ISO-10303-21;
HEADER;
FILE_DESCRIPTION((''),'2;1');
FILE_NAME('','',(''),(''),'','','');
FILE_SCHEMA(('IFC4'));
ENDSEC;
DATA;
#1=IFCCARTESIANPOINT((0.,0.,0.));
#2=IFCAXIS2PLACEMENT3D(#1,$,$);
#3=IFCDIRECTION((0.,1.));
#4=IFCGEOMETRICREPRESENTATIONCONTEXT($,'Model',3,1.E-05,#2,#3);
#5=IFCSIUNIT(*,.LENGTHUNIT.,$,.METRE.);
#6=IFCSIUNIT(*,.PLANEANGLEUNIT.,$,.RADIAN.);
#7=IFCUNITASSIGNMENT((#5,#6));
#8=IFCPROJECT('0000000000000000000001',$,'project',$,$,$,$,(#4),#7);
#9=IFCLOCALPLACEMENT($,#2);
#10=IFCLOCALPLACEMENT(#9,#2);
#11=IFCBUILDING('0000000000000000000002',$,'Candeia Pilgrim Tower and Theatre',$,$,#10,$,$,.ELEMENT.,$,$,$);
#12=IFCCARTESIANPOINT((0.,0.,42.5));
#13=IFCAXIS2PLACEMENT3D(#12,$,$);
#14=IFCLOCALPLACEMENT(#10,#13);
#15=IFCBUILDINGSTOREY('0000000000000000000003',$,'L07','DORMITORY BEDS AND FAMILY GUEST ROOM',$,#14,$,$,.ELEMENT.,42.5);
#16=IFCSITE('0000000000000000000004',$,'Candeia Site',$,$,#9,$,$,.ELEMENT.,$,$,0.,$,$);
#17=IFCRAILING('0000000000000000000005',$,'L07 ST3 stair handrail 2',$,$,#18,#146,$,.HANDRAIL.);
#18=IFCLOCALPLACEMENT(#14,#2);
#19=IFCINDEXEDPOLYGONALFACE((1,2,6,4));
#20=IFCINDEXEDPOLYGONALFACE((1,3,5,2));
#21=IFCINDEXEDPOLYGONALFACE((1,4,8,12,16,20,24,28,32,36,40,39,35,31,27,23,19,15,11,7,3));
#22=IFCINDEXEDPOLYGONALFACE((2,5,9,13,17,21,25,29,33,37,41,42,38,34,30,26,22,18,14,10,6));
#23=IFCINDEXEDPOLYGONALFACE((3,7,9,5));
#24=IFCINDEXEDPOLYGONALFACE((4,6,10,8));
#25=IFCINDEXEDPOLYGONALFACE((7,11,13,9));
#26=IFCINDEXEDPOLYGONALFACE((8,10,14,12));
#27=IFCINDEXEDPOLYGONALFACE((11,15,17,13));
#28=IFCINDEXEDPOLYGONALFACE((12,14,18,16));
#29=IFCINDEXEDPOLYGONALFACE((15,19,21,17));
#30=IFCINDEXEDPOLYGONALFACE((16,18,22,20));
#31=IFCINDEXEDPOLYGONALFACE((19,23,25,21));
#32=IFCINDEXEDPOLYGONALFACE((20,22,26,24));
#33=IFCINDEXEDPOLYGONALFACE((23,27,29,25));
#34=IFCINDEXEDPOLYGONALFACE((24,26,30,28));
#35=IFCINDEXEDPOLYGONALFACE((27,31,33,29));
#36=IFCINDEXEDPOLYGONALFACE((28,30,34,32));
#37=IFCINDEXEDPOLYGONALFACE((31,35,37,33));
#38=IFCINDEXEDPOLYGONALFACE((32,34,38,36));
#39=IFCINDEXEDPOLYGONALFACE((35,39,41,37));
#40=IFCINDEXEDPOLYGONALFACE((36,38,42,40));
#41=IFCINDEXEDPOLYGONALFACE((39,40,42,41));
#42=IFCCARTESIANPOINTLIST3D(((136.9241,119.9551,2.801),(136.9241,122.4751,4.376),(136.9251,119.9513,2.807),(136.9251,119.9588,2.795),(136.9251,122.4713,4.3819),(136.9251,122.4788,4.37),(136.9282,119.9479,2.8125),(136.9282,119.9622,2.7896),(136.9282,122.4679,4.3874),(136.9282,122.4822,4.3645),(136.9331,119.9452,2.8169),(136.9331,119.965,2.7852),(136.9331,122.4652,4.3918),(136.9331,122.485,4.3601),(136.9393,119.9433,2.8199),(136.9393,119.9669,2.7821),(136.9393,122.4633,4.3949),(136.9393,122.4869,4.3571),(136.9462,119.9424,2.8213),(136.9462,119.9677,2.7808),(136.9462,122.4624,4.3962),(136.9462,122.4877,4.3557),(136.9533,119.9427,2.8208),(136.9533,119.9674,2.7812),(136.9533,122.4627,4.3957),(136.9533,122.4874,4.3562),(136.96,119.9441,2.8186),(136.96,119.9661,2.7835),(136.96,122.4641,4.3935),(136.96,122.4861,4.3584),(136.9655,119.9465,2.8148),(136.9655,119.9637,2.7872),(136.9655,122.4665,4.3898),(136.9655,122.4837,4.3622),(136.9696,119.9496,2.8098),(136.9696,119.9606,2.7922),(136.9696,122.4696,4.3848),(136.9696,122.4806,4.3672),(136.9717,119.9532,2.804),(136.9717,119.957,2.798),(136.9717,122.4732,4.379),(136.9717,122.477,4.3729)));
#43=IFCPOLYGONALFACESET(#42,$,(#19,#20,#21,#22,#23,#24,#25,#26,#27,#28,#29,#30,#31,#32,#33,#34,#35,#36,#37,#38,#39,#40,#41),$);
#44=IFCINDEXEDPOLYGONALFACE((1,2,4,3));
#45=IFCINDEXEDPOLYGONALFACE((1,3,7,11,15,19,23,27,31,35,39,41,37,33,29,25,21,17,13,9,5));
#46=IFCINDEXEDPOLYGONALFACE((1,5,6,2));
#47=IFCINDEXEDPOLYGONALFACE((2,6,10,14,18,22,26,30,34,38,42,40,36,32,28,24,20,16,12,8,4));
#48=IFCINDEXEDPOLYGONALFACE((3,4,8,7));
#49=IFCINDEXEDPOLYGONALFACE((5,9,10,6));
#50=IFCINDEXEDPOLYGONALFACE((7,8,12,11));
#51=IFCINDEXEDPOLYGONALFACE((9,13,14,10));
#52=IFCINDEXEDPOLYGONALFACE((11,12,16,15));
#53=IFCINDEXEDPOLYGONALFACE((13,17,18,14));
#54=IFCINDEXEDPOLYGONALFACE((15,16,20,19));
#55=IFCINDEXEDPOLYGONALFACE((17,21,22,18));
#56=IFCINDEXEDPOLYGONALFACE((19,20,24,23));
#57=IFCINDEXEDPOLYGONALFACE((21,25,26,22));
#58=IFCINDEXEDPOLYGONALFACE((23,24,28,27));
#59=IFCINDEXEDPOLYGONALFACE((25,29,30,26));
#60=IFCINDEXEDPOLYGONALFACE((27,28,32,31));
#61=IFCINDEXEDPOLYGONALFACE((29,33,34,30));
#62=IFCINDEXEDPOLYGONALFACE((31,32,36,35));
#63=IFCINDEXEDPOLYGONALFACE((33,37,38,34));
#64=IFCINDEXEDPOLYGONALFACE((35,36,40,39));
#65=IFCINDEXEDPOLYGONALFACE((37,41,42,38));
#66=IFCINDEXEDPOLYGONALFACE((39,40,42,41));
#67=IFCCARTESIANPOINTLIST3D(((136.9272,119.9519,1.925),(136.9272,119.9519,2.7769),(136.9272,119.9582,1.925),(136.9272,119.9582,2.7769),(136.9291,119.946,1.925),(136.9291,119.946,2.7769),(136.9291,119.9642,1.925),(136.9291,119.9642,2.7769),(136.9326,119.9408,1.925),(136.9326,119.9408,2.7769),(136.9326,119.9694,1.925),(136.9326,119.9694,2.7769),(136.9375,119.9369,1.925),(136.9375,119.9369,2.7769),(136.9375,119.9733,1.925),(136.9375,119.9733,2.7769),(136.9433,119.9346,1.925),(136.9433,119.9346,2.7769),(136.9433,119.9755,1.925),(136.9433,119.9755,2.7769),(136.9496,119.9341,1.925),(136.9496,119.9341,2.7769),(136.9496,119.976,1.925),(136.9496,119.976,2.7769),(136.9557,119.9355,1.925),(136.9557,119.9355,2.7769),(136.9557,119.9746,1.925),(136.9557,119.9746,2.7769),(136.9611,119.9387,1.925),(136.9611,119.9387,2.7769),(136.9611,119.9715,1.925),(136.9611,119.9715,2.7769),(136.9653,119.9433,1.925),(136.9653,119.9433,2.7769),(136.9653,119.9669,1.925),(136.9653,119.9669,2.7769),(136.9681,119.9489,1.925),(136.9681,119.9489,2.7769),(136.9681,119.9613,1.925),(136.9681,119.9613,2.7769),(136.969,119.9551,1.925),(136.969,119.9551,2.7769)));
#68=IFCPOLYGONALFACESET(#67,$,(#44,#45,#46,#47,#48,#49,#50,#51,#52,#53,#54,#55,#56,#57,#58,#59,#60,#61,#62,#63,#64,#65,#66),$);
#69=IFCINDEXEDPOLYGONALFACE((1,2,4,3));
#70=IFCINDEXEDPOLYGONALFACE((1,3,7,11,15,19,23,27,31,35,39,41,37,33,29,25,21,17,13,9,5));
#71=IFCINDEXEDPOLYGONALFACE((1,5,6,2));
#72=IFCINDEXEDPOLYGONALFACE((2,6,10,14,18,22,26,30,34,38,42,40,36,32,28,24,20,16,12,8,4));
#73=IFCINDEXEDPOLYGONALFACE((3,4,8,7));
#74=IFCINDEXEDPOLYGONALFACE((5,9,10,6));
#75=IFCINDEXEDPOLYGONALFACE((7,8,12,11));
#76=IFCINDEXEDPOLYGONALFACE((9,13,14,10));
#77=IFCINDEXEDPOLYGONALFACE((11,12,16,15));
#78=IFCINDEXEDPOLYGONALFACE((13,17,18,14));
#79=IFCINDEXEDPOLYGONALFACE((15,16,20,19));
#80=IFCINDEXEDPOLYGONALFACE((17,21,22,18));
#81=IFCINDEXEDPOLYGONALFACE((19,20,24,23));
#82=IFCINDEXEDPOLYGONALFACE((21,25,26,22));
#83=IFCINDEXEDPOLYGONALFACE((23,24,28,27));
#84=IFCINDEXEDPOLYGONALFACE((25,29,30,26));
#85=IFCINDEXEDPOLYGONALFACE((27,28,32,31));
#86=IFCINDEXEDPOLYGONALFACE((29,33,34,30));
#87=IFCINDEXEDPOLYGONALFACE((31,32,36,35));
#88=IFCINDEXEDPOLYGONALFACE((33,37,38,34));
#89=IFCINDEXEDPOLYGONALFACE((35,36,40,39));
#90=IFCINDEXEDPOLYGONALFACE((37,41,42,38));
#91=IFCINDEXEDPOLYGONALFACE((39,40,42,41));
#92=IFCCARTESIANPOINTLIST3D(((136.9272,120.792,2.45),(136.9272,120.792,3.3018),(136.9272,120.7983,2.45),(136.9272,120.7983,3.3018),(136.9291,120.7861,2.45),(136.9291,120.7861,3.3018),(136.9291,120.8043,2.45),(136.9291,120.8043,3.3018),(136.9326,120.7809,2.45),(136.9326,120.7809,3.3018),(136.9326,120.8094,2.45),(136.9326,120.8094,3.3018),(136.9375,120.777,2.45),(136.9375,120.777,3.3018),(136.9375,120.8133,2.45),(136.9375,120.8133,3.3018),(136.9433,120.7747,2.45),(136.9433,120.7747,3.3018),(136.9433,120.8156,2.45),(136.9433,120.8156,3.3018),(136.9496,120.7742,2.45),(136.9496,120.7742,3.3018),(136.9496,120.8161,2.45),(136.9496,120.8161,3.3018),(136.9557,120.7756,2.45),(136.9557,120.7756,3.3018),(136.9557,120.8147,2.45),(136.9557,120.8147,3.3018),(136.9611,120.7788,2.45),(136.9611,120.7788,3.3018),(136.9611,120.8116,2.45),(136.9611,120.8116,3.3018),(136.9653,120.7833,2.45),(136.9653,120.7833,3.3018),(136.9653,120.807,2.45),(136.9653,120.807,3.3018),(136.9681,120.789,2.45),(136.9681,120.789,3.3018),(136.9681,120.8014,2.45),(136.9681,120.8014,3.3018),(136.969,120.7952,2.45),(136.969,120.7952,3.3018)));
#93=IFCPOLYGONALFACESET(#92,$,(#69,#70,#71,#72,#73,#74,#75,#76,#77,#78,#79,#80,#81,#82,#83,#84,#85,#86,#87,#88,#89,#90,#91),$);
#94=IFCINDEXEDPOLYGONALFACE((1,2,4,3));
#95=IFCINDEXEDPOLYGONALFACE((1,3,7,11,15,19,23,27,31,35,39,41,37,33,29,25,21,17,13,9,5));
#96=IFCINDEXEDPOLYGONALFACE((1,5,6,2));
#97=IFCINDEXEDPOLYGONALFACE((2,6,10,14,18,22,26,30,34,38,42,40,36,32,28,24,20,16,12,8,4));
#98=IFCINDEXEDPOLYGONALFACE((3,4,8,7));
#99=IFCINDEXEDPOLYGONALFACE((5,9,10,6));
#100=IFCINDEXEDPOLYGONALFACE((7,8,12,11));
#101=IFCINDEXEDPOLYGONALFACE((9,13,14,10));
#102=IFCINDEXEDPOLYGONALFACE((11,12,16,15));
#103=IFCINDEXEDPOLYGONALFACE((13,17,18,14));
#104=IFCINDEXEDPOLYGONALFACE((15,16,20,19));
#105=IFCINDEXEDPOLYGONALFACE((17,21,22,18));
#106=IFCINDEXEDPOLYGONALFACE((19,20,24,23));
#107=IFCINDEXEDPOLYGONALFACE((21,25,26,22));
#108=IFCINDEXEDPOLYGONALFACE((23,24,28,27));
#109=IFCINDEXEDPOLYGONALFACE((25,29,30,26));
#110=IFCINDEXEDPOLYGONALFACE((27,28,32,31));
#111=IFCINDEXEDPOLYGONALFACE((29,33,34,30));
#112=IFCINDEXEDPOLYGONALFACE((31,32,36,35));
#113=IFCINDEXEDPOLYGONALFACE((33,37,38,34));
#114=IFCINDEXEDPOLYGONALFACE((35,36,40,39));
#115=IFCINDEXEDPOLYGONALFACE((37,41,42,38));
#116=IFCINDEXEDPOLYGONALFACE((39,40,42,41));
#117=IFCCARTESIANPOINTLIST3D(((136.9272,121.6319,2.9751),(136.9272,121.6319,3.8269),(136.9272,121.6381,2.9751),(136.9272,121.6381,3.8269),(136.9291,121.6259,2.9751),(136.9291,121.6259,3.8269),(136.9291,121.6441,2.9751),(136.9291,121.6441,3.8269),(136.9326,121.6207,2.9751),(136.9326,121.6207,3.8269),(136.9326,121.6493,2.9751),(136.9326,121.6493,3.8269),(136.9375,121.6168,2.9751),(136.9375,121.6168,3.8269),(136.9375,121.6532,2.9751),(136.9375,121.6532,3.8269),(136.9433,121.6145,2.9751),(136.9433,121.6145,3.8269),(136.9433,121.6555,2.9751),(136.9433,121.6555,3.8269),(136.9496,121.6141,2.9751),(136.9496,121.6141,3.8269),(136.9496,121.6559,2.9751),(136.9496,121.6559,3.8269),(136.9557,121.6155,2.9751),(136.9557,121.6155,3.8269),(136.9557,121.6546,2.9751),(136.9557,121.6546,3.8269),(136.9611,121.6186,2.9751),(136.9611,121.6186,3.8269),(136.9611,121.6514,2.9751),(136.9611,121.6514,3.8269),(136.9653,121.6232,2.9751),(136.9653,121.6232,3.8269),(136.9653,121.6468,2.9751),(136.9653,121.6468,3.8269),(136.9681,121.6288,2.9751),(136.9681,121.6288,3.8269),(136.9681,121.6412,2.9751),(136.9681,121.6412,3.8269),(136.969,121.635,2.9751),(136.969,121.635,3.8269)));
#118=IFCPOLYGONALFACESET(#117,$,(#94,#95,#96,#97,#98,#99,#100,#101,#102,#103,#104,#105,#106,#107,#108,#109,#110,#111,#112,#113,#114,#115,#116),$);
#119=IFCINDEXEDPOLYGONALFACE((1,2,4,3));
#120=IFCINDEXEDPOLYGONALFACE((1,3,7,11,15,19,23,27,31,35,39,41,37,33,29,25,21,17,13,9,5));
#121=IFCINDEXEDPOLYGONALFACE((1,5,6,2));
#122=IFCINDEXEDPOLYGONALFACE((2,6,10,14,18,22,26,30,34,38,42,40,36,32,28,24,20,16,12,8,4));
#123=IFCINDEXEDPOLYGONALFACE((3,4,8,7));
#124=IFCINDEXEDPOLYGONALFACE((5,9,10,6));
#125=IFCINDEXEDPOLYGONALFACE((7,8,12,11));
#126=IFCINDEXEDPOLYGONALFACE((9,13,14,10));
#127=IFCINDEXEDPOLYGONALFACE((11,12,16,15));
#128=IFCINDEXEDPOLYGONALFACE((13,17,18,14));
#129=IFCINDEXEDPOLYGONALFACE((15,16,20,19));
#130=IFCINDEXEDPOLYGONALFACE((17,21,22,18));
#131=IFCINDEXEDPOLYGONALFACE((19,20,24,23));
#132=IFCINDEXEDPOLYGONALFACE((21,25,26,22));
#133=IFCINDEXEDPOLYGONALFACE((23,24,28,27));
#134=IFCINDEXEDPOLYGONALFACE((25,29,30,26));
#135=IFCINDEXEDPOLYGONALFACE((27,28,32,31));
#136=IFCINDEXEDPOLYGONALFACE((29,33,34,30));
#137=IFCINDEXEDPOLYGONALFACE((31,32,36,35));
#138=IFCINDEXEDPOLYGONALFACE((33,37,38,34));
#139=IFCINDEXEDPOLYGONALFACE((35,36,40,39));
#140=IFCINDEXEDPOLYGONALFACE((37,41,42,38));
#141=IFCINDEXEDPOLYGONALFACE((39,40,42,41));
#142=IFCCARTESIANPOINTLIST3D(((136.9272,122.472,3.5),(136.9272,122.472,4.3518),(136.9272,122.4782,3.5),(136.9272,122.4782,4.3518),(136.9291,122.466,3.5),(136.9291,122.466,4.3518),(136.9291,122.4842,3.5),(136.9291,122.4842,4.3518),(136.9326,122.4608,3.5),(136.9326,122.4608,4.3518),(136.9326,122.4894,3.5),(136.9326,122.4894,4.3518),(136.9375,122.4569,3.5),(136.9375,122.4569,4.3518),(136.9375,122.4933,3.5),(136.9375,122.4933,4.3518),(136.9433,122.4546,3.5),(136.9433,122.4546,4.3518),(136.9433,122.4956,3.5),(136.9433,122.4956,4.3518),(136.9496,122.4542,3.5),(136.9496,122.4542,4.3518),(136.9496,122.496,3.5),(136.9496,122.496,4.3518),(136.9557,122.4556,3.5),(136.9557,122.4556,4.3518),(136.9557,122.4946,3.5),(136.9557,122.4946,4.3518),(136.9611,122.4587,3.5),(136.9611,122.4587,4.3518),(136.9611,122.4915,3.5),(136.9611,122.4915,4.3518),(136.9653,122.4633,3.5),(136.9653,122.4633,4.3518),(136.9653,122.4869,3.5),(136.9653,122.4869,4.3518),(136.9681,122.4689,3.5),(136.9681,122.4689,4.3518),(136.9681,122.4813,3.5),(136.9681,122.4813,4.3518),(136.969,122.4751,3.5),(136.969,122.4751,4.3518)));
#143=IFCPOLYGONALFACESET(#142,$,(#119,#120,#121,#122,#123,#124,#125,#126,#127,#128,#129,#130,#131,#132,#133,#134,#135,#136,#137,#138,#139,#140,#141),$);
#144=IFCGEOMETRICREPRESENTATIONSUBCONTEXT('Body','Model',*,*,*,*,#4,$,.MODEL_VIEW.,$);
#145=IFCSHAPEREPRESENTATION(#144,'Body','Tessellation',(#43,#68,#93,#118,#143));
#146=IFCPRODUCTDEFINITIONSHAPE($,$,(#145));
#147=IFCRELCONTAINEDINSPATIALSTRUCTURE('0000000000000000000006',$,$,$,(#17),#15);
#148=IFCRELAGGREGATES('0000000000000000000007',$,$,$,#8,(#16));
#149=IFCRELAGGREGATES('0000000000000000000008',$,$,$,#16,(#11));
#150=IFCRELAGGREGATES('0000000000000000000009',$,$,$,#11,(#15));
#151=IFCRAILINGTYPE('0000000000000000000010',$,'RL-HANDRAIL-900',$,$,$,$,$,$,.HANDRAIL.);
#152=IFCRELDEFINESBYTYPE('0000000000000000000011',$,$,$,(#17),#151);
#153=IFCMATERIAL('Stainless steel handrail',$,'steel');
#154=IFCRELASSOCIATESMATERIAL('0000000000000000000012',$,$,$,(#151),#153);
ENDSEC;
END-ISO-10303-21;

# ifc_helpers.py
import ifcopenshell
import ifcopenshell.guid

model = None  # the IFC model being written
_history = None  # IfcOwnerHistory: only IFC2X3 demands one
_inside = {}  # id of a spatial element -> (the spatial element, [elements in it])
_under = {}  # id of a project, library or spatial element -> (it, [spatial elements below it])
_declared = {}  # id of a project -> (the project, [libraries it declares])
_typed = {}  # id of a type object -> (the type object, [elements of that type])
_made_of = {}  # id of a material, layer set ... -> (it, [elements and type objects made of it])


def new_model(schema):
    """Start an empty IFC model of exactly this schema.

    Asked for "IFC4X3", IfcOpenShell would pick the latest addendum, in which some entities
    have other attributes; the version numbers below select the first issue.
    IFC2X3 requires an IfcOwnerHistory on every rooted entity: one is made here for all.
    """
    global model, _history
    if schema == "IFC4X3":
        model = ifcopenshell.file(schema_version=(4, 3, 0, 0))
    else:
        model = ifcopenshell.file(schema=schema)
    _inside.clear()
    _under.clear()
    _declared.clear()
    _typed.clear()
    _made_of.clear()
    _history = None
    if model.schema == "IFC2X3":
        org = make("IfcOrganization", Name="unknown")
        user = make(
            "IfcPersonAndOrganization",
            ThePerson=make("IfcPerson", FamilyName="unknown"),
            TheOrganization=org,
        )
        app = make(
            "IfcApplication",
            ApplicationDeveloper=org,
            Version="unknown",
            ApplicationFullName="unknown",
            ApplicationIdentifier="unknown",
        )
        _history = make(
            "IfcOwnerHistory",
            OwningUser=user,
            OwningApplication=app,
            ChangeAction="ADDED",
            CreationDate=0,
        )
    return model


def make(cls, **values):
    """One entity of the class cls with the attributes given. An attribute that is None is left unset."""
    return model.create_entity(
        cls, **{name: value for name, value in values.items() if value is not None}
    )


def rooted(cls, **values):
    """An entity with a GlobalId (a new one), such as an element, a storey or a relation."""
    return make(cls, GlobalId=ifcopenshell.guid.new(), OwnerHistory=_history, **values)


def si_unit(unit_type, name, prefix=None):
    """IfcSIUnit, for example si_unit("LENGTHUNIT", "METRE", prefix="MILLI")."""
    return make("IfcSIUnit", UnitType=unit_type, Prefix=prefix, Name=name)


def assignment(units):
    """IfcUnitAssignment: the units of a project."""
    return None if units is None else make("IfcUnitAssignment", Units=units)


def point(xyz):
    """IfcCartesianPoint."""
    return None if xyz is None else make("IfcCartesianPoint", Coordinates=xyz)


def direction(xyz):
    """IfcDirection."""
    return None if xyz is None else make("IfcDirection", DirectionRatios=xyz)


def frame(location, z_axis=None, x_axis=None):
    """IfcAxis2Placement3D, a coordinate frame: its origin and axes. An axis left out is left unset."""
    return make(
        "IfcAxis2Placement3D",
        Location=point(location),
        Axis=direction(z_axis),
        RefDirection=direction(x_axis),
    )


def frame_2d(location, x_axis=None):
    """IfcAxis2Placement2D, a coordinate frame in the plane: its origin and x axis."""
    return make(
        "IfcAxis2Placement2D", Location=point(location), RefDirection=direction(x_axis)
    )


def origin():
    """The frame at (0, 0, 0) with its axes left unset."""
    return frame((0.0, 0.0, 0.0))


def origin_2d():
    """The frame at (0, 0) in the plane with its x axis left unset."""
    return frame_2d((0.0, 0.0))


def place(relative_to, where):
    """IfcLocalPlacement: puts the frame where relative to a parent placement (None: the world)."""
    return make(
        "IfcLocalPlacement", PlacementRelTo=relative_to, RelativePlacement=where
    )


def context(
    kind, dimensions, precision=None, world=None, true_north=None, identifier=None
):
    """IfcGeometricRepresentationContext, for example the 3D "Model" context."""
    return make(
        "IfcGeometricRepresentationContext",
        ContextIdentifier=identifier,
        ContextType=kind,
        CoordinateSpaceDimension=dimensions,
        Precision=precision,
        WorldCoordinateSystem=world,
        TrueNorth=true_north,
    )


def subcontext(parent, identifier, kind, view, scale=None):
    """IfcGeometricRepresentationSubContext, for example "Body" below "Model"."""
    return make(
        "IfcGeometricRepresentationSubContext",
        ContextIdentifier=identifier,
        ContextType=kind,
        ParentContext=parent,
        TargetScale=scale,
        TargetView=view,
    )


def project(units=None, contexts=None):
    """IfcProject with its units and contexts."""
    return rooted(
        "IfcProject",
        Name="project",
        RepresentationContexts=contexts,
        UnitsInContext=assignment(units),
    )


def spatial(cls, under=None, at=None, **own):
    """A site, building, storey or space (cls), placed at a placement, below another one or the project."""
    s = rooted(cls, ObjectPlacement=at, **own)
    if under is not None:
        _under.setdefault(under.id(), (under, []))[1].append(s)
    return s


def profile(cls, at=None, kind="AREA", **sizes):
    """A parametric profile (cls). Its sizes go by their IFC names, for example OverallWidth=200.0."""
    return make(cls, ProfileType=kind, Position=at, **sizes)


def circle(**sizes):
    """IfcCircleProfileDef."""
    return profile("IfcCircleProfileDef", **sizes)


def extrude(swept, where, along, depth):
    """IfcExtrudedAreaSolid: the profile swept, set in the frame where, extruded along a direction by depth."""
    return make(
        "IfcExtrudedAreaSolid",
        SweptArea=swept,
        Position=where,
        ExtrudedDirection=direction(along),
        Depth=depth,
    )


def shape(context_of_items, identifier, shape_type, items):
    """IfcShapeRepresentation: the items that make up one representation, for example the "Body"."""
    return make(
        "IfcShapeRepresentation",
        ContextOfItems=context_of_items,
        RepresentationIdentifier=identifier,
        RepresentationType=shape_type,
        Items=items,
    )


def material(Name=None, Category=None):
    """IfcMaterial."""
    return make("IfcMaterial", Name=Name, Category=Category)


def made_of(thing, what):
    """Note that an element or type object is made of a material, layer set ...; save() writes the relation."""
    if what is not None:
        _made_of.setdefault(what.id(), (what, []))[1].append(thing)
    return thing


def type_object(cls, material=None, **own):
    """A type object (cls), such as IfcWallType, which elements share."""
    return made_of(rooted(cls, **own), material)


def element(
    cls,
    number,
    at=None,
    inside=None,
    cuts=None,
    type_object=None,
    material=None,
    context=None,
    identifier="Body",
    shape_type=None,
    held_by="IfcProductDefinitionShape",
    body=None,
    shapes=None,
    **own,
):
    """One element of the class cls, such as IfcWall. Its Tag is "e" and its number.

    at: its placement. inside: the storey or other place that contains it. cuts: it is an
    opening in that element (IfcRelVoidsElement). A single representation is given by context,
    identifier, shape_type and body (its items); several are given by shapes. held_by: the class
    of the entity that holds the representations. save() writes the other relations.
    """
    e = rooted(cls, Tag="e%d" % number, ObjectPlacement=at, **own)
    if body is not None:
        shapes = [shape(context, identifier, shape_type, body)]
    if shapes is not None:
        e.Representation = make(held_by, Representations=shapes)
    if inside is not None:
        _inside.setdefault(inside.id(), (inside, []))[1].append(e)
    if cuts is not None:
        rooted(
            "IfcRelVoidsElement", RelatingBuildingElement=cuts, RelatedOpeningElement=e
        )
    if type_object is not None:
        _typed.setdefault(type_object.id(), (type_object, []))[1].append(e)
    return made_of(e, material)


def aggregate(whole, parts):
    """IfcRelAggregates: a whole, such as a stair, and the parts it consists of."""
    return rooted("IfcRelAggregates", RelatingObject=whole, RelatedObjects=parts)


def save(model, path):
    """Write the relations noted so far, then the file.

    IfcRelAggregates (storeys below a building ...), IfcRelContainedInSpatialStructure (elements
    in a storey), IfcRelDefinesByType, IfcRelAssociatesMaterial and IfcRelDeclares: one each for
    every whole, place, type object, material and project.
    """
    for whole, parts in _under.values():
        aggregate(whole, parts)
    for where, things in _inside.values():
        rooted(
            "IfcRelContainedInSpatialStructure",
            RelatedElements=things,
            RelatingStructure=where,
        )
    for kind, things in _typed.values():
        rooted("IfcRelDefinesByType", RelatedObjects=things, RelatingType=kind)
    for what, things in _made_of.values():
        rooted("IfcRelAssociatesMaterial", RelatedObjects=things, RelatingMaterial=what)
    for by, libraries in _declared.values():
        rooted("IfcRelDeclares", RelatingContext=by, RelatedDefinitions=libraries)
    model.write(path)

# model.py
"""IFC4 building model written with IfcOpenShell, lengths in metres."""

from ifc_helpers import new_model, si_unit, direction, frame, origin, origin_2d, place, context, subcontext, project, spatial, circle, extrude, material, type_object, element, save


model = new_model("IFC4")

# Units and contexts
model_context = context("Model", 3, precision=1e-05, world=origin(), true_north=direction((0.0, 1.0)))
body_context = subcontext(model_context, "Body", "Model", "MODEL_VIEW")
ifc_project = project(units=[si_unit("LENGTHUNIT", "METRE"), si_unit("PLANEANGLEUNIT", "RADIAN")], contexts=[model_context])

# Site, building, storey
site_placement = place(None, origin())
site = spatial("IfcSite", under=ifc_project, at=site_placement, Name="Candeia Site", CompositionType="ELEMENT", RefElevation=0.0)
building_placement = place(site_placement, origin())
building = spatial("IfcBuilding", under=site, at=building_placement, Name="Candeia Pilgrim Tower and Theatre", CompositionType="ELEMENT")
storey_placement = place(building_placement, frame((0.0, 0.0, 42.5)))
storey = spatial("IfcBuildingStorey", under=building, at=storey_placement, Name="L07", Description="DORMITORY BEDS AND FAMILY GUEST ROOM", CompositionType="ELEMENT", Elevation=42.5)

# Railing
ifc_material_1 = material(Name="Stainless steel handrail", Category="steel")
railing_type_1 = type_object("IfcRailingType", Name="RL-HANDRAIL-900", PredefinedType="HANDRAIL", material=ifc_material_1)
railing_1_placement = place(storey_placement, frame((136.948, 119.9551, 1.925)))
element("IfcRailing", 1, at=railing_1_placement, inside=storey, type_object=railing_type_1, Name="L07 ST3 stair handrail 2", PredefinedType="HANDRAIL", context=body_context, shape_type="SweptSolid", body=[
    extrude(circle(Radius=0.0239, at=origin_2d()), frame((0.0, 0.0, 0.876), z_axis=(0.0, 0.848008, 0.529984), x_axis=(-1.0, 0.0, 0.0)), (0.0, 0.0, 1.0), 2.9717),
    extrude(circle(Radius=0.021, at=origin_2d()), origin(), (0.0, 0.0, 1.0), 0.8518),
    extrude(circle(Radius=0.021, at=origin_2d()), frame((0.0, 0.8401, 0.5249)), (0.0, 0.0, 1.0), 0.8518),
    extrude(circle(Radius=0.021, at=origin_2d()), frame((0.0, 1.6799, 1.05)), (0.0, 0.0, 1.0), 0.8518),
    extrude(circle(Radius=0.021, at=origin_2d()), frame((0.0, 2.52, 1.575)), (0.0, 0.0, 1.0), 0.8518),
])

save(model, "model.ifc")
